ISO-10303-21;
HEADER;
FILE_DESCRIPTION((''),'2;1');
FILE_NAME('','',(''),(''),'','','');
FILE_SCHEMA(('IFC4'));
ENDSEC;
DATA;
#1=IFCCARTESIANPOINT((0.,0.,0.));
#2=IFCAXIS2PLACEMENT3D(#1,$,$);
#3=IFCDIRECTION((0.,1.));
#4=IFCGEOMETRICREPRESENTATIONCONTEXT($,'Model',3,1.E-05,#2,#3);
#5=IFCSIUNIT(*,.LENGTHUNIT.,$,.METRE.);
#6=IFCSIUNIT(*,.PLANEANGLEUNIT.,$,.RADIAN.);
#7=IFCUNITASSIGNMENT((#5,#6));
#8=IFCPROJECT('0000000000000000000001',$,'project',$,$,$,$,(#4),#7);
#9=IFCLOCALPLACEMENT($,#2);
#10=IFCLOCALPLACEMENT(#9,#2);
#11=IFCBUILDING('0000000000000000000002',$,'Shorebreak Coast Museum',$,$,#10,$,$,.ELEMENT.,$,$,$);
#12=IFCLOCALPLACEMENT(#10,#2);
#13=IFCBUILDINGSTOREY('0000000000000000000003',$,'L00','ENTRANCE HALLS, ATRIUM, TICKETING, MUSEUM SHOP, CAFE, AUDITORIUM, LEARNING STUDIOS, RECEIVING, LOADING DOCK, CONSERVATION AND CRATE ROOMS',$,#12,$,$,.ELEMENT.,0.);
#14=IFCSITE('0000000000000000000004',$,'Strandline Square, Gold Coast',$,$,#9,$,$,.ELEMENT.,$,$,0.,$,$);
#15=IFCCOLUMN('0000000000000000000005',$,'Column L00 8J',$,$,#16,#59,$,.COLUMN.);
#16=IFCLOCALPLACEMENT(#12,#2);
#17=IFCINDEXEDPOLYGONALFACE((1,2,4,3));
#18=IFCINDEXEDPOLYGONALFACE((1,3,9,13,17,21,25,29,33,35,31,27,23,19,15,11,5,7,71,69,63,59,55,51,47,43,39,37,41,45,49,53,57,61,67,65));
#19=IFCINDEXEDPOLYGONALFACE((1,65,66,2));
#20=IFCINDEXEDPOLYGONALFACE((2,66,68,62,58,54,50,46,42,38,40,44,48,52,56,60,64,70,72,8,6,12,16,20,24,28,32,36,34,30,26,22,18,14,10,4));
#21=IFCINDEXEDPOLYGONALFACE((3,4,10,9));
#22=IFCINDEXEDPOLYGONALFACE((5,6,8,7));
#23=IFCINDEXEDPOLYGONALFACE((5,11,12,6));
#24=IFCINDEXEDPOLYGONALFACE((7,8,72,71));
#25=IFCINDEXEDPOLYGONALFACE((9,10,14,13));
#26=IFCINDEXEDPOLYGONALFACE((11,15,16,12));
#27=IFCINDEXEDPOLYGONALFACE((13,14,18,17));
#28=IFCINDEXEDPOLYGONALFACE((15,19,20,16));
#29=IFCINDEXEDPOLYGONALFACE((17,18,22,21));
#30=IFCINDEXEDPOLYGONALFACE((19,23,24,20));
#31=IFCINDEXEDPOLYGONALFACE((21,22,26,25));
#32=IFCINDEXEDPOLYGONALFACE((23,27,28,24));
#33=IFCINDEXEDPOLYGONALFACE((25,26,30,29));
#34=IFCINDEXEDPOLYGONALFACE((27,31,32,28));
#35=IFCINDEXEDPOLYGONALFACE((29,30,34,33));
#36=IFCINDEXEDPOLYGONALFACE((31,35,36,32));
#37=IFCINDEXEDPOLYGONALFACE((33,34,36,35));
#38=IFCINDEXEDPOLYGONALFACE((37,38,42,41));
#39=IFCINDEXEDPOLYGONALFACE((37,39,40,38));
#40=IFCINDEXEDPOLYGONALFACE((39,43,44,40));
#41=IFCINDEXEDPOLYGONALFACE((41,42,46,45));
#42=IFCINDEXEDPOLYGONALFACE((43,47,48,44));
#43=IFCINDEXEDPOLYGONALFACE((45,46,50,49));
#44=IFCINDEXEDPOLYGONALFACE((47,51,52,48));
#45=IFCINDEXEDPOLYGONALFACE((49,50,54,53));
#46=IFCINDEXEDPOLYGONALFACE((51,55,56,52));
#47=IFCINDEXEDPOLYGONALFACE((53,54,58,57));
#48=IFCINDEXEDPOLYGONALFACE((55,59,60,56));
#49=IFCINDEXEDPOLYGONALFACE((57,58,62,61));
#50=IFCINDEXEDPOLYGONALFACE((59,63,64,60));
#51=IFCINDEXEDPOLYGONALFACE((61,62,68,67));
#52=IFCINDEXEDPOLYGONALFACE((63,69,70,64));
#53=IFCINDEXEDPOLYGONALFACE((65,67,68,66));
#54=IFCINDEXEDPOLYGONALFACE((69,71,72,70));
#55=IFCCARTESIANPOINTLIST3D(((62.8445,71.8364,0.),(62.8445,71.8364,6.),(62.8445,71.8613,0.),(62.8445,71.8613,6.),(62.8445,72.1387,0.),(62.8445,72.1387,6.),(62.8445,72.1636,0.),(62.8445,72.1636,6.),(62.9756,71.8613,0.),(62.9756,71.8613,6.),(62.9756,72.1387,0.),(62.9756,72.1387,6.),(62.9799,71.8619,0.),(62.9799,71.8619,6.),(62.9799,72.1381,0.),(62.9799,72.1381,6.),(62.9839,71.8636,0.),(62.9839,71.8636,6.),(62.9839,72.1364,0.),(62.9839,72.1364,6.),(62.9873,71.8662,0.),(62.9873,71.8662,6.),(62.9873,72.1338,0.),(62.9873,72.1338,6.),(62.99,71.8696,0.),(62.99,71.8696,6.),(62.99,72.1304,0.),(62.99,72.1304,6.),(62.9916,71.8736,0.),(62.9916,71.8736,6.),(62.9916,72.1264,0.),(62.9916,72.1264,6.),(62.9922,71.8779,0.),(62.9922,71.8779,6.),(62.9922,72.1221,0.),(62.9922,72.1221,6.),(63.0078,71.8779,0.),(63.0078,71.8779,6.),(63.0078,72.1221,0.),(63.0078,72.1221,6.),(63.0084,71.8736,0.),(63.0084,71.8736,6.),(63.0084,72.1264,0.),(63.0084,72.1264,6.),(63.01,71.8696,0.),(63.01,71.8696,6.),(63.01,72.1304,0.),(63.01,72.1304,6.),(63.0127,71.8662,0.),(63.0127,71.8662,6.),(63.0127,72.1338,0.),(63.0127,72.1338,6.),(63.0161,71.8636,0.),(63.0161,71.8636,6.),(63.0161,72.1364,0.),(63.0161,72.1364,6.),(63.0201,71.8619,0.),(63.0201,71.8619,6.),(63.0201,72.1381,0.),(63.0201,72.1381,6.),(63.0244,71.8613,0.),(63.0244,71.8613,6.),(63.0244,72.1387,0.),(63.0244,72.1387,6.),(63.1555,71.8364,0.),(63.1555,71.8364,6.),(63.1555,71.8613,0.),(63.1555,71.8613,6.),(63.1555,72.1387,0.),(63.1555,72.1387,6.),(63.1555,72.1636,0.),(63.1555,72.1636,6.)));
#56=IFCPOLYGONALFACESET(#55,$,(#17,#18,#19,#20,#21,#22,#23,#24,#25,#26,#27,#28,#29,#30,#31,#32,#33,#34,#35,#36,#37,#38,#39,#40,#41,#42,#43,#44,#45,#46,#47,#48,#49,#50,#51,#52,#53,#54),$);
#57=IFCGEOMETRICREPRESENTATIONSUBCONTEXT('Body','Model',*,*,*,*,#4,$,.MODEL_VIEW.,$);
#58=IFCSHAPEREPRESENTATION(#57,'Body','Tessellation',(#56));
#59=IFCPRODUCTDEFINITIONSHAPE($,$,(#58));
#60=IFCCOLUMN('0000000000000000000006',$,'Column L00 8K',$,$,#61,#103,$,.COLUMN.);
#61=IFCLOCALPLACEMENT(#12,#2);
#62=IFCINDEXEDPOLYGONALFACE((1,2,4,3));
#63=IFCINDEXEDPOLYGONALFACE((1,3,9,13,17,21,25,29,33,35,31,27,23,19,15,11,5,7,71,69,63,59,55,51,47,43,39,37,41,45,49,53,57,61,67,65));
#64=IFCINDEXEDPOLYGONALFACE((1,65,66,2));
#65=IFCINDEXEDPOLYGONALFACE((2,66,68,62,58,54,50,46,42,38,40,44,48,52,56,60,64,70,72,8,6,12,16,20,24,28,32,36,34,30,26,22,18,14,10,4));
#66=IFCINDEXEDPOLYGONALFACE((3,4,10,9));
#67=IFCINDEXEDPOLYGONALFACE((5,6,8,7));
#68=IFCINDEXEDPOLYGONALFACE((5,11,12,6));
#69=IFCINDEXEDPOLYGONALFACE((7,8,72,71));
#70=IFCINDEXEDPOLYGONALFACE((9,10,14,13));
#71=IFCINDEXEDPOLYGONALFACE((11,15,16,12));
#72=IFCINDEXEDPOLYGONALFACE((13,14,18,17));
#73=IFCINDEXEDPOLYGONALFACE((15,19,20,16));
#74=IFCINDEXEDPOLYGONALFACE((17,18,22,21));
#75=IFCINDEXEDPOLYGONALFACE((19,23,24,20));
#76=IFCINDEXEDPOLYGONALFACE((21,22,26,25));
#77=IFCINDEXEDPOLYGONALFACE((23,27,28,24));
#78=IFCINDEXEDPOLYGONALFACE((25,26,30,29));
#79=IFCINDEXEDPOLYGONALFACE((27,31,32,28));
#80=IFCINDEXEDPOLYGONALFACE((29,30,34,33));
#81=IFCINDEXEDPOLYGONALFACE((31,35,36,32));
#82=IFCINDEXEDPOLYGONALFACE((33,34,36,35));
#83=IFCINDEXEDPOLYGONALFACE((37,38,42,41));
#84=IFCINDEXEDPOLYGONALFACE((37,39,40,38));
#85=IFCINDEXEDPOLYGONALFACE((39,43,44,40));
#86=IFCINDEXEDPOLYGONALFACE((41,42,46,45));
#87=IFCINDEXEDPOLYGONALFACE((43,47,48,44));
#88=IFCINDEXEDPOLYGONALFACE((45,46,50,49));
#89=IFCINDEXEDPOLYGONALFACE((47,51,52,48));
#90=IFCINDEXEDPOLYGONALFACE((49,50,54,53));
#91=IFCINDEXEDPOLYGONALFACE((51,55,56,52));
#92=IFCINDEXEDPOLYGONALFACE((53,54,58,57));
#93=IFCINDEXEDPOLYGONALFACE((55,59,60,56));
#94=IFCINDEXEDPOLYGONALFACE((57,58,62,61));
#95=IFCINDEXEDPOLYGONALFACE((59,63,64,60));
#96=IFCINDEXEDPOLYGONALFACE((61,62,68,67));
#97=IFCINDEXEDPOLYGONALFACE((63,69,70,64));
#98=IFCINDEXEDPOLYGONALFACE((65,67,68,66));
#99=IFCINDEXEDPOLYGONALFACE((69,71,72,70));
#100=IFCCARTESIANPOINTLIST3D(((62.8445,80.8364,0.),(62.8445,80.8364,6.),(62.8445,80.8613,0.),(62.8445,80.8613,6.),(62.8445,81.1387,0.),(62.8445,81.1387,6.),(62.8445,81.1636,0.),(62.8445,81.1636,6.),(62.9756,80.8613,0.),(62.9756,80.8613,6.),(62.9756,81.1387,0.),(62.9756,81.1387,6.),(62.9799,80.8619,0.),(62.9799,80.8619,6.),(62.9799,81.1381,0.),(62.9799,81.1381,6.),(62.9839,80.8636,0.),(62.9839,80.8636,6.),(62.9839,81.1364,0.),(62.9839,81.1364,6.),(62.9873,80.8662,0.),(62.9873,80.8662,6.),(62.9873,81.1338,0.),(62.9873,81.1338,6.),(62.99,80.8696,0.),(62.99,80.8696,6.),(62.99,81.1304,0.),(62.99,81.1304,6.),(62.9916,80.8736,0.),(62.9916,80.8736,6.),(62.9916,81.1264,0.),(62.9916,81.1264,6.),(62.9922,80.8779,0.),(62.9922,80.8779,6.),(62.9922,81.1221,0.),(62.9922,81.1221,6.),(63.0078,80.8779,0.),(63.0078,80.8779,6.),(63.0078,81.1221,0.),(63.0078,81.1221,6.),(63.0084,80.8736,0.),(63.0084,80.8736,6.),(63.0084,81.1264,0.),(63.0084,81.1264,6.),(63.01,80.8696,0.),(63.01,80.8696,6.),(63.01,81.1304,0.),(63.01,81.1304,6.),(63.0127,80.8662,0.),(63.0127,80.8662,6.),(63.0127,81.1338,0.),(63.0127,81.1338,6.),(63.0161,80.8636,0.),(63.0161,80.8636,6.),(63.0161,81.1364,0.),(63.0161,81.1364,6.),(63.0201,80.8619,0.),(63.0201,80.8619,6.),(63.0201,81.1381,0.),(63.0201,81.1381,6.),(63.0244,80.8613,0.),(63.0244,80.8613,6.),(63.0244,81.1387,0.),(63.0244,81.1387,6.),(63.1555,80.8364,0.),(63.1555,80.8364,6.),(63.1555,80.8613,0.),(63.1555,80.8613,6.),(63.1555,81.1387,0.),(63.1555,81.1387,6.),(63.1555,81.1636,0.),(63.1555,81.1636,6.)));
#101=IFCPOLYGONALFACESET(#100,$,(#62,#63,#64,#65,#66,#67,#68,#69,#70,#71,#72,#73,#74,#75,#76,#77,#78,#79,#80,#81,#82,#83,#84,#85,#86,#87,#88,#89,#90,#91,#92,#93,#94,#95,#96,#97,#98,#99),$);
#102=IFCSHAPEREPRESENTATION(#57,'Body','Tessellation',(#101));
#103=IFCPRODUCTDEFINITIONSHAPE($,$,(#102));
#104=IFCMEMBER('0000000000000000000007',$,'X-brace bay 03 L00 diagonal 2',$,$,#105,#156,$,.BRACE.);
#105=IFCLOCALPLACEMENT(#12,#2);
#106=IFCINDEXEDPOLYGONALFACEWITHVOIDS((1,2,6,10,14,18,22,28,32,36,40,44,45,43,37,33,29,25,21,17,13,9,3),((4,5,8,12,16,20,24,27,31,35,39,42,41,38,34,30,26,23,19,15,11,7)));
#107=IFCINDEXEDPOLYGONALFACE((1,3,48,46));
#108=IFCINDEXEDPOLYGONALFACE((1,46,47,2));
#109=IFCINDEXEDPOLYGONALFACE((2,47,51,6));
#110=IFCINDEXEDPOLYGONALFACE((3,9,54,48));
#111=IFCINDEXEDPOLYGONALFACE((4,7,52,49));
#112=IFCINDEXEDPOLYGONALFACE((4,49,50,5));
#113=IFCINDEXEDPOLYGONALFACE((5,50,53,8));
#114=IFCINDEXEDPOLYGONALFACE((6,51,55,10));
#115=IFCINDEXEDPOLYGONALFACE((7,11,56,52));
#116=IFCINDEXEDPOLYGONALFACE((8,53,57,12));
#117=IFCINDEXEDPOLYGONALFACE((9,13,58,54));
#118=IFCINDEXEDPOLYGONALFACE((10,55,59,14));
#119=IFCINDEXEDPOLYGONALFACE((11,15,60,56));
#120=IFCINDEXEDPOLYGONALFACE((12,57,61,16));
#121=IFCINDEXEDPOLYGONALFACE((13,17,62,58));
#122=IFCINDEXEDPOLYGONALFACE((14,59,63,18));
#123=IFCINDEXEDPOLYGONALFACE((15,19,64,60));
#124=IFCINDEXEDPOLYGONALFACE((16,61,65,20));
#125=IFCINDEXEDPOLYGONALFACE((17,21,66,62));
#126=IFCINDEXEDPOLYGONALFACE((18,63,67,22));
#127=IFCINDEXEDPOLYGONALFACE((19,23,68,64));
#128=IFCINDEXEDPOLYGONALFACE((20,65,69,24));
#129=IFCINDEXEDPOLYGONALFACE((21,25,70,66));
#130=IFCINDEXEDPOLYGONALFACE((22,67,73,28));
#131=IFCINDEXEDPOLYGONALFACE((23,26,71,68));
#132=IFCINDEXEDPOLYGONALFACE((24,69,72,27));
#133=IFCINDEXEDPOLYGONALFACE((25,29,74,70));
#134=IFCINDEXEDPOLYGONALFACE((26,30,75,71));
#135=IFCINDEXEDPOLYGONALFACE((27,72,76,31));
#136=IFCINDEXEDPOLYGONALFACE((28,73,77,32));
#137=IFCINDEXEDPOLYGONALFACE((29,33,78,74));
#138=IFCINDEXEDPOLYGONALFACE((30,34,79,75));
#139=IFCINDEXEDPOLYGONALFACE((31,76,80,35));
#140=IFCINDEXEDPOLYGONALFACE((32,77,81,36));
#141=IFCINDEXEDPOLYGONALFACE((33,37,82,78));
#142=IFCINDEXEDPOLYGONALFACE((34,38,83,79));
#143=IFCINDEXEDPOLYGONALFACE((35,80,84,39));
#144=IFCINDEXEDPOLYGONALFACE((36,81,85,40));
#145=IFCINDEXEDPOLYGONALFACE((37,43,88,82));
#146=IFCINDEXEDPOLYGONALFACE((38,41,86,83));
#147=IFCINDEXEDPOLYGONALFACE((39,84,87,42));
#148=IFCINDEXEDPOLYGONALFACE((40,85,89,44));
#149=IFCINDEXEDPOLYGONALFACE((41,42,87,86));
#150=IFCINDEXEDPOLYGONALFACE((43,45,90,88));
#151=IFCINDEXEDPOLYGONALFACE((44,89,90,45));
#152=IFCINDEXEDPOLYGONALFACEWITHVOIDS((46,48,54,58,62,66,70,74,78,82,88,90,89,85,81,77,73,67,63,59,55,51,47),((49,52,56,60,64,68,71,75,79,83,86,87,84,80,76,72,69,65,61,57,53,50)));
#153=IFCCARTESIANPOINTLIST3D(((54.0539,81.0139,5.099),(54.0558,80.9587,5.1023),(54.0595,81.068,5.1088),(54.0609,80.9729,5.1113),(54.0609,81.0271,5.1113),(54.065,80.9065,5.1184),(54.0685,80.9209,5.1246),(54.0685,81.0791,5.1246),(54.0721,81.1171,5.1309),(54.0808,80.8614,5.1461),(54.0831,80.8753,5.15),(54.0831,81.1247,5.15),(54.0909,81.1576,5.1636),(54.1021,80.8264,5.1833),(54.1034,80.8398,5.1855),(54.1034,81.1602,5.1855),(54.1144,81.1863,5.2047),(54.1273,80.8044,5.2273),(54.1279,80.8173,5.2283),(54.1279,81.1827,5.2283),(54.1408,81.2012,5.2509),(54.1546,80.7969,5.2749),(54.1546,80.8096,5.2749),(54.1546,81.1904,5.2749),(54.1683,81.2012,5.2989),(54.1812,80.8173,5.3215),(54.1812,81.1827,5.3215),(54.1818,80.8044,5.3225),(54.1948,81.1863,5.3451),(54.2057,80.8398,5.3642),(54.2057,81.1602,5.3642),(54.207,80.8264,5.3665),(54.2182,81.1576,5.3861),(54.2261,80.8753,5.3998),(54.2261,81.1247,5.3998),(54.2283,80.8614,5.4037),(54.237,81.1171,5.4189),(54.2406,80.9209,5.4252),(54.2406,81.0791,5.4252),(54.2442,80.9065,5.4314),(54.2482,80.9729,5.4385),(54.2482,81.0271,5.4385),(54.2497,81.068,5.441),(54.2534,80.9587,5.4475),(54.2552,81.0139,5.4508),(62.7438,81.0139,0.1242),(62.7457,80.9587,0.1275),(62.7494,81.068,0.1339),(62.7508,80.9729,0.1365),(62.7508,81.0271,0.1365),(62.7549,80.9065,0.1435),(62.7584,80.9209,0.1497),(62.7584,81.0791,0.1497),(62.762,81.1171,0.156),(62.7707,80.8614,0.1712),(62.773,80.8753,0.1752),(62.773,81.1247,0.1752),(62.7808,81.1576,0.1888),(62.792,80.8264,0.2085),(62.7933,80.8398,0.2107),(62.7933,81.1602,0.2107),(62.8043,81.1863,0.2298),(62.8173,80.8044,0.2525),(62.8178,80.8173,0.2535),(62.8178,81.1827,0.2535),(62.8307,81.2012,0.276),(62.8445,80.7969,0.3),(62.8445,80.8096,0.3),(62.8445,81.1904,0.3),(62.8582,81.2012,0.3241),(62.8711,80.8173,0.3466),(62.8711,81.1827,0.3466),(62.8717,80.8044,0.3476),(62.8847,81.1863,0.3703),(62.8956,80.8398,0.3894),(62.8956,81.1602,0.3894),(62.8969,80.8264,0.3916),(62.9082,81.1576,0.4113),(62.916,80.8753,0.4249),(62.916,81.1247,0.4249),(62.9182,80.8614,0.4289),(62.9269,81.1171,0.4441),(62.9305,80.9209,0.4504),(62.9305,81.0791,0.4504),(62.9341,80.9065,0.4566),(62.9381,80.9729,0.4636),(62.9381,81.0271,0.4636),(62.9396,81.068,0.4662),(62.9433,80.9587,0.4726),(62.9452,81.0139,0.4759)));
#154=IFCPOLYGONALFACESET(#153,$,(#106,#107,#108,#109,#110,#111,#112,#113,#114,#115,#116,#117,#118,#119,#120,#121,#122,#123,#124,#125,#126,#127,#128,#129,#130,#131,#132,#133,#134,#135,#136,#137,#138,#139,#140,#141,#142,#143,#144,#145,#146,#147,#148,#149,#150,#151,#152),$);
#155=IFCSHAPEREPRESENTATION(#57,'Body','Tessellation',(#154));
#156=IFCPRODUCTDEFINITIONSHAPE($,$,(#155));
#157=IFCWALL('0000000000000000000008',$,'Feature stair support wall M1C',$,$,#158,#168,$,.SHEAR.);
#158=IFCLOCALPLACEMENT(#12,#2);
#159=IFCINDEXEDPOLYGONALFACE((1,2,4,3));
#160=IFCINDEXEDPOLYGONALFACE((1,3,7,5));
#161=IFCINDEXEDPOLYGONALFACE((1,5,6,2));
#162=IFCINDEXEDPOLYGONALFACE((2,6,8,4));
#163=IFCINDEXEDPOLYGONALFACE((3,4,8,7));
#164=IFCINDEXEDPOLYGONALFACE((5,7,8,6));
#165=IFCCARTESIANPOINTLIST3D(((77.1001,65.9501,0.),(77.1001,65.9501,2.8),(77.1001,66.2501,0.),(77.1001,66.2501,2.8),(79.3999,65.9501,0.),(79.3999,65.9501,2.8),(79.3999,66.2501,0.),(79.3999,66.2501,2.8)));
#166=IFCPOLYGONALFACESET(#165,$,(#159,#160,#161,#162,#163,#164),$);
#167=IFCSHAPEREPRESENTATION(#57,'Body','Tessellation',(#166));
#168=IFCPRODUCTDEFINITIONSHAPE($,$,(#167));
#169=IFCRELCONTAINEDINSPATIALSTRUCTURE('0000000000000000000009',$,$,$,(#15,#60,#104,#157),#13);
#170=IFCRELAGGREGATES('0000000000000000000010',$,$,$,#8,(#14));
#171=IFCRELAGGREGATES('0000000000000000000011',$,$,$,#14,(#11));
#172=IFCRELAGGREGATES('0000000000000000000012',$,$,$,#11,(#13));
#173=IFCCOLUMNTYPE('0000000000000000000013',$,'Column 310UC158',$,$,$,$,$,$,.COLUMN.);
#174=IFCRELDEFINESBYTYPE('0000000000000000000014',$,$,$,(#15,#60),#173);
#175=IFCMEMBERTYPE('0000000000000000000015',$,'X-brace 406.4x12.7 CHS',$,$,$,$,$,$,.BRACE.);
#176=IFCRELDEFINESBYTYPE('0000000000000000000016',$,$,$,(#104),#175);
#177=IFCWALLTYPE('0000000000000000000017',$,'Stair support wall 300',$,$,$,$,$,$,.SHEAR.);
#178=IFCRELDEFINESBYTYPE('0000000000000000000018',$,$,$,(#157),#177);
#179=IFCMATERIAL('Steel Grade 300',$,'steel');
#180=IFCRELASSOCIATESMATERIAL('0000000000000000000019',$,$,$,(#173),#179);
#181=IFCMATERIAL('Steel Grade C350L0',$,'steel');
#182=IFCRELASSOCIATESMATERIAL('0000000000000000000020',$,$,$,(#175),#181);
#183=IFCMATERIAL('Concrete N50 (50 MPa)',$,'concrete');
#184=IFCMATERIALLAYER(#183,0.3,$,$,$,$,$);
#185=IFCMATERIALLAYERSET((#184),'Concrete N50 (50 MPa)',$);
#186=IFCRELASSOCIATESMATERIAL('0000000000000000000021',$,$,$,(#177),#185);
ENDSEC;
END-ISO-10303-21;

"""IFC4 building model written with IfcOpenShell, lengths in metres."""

from ifc_helpers import new_model, si_unit, direction, frame, frame_2d, origin, origin_2d, place, context, subcontext, project, spatial, rectangle, hollow_circle, i_section, extrude, material, layer, layer_set, material_profile, profile_set, type_object, element, save


model = new_model("IFC4")

# Units and contexts
model_context = context("Model", 3, precision=1e-05, world=origin(), true_north=direction((0.0, 1.0)))
body_context = subcontext(model_context, "Body", "Model", "MODEL_VIEW")
ifc_project = project(units=[si_unit("LENGTHUNIT", "METRE"), si_unit("PLANEANGLEUNIT", "RADIAN")], contexts=[model_context])

# Site, building, storey
site_placement = place(None, origin())
site = spatial("IfcSite", under=ifc_project, at=site_placement, Name="Strandline Square, Gold Coast", CompositionType="ELEMENT", RefElevation=0.0)
building_placement = place(site_placement, origin())
building = spatial("IfcBuilding", under=site, at=building_placement, Name="Shorebreak Coast Museum", CompositionType="ELEMENT")
storey_placement = place(building_placement, origin())
storey = spatial("IfcBuildingStorey", under=building, at=storey_placement, Name="L00", Description="ENTRANCE HALLS, ATRIUM, TICKETING, MUSEUM SHOP, CAFE, AUDITORIUM, LEARNING STUDIOS, RECEIVING, LOADING DOCK, CONSERVATION AND CRATE ROOMS", CompositionType="ELEMENT", Elevation=0.0)

# Columns
ifc_material_1 = material(Name="Steel Grade 300", Category="steel")
ifc_material_profile_1 = material_profile(ifc_material_1, i_section(OverallWidth=0.311, OverallDepth=0.3271, WebThickness=0.0156, FlangeThickness=0.0249, FilletRadius=0.0166, at=origin_2d()), Name="310UC158")
ifc_profile_set_1 = profile_set([ifc_material_profile_1], Name="Steel Grade 300")
column_type = type_object("IfcColumnType", Name="Column 310UC158", PredefinedType="COLUMN", material=ifc_profile_set_1)
for number, where, z_axis, x_axis, name in (
    (1, (63.0, 72.0, 0.0), (0.0, 0.0, 1.0), (1.0, 0.0, 0.0), "Column L00 8J"),
    (2, (63.0, 81.0, 0.0), (0.0, 0.0, 1.0), (1.0, 0.0, 0.0), "Column L00 8K"),
):
    element("IfcColumn", number, at=place(storey_placement, frame(where, z_axis=z_axis, x_axis=x_axis)), inside=storey, type_object=column_type, Name=name, PredefinedType="COLUMN", context=body_context, shape_type="SweptSolid", body=[
        extrude(i_section(OverallWidth=0.311, OverallDepth=0.3271, WebThickness=0.0156, FlangeThickness=0.0249, FilletRadius=0.0166, at=origin_2d()), origin(), (0.0, 0.0, 1.0), 6.0),
    ])

# Member
ifc_material_2 = material(Name="Steel Grade C350L0", Category="steel")
ifc_material_profile_2 = material_profile(ifc_material_2, hollow_circle(Radius=0.2031, WallThickness=0.0127, at=origin_2d()), Name="406.4x12.7 CHS")
ifc_profile_set_2 = profile_set([ifc_material_profile_2], Name="Steel Grade C350L0")
member_type = type_object("IfcMemberType", Name="X-brace 406.4x12.7 CHS", PredefinedType="BRACE", material=ifc_profile_set_2)
member_placement = place(storey_placement, frame((62.8445, 81.0, 0.3), z_axis=(-0.867848, 0.0, 0.496829), x_axis=(0.0, -1.0, 0.0)))
element("IfcMember", 3, at=member_placement, inside=storey, type_object=member_type, Name="X-brace bay 03 L00 diagonal 2", PredefinedType="BRACE", context=body_context, shape_type="SweptSolid", body=[
    extrude(hollow_circle(Radius=0.2031, WallThickness=0.0127, at=origin_2d()), origin(), (0.0, 0.0, 1.0), 10.0132),
])

# Wall
ifc_material_3 = material(Name="Concrete N50 (50 MPa)", Category="concrete")
ifc_layer_1 = layer(ifc_material_3, 0.3)
ifc_layer_set_1 = layer_set([ifc_layer_1], Name="Concrete N50 (50 MPa)")
wall_type = type_object("IfcWallType", Name="Stair support wall 300", PredefinedType="SHEAR", material=ifc_layer_set_1)
wall_placement = place(storey_placement, frame((77.1001, 66.1001, 0.0), z_axis=(0.0, 0.0, 1.0), x_axis=(1.0, 0.0, 0.0)))
element("IfcWall", 4, at=wall_placement, inside=storey, type_object=wall_type, Name="Feature stair support wall M1C", PredefinedType="SHEAR", context=body_context, shape_type="SweptSolid", body=[
    extrude(rectangle(XDim=2.2998, YDim=0.3, at=frame_2d((1.1499, 0.0))), origin(), (0.0, 0.0, 1.0), 2.8),
])

save(model, "model.ifc")
